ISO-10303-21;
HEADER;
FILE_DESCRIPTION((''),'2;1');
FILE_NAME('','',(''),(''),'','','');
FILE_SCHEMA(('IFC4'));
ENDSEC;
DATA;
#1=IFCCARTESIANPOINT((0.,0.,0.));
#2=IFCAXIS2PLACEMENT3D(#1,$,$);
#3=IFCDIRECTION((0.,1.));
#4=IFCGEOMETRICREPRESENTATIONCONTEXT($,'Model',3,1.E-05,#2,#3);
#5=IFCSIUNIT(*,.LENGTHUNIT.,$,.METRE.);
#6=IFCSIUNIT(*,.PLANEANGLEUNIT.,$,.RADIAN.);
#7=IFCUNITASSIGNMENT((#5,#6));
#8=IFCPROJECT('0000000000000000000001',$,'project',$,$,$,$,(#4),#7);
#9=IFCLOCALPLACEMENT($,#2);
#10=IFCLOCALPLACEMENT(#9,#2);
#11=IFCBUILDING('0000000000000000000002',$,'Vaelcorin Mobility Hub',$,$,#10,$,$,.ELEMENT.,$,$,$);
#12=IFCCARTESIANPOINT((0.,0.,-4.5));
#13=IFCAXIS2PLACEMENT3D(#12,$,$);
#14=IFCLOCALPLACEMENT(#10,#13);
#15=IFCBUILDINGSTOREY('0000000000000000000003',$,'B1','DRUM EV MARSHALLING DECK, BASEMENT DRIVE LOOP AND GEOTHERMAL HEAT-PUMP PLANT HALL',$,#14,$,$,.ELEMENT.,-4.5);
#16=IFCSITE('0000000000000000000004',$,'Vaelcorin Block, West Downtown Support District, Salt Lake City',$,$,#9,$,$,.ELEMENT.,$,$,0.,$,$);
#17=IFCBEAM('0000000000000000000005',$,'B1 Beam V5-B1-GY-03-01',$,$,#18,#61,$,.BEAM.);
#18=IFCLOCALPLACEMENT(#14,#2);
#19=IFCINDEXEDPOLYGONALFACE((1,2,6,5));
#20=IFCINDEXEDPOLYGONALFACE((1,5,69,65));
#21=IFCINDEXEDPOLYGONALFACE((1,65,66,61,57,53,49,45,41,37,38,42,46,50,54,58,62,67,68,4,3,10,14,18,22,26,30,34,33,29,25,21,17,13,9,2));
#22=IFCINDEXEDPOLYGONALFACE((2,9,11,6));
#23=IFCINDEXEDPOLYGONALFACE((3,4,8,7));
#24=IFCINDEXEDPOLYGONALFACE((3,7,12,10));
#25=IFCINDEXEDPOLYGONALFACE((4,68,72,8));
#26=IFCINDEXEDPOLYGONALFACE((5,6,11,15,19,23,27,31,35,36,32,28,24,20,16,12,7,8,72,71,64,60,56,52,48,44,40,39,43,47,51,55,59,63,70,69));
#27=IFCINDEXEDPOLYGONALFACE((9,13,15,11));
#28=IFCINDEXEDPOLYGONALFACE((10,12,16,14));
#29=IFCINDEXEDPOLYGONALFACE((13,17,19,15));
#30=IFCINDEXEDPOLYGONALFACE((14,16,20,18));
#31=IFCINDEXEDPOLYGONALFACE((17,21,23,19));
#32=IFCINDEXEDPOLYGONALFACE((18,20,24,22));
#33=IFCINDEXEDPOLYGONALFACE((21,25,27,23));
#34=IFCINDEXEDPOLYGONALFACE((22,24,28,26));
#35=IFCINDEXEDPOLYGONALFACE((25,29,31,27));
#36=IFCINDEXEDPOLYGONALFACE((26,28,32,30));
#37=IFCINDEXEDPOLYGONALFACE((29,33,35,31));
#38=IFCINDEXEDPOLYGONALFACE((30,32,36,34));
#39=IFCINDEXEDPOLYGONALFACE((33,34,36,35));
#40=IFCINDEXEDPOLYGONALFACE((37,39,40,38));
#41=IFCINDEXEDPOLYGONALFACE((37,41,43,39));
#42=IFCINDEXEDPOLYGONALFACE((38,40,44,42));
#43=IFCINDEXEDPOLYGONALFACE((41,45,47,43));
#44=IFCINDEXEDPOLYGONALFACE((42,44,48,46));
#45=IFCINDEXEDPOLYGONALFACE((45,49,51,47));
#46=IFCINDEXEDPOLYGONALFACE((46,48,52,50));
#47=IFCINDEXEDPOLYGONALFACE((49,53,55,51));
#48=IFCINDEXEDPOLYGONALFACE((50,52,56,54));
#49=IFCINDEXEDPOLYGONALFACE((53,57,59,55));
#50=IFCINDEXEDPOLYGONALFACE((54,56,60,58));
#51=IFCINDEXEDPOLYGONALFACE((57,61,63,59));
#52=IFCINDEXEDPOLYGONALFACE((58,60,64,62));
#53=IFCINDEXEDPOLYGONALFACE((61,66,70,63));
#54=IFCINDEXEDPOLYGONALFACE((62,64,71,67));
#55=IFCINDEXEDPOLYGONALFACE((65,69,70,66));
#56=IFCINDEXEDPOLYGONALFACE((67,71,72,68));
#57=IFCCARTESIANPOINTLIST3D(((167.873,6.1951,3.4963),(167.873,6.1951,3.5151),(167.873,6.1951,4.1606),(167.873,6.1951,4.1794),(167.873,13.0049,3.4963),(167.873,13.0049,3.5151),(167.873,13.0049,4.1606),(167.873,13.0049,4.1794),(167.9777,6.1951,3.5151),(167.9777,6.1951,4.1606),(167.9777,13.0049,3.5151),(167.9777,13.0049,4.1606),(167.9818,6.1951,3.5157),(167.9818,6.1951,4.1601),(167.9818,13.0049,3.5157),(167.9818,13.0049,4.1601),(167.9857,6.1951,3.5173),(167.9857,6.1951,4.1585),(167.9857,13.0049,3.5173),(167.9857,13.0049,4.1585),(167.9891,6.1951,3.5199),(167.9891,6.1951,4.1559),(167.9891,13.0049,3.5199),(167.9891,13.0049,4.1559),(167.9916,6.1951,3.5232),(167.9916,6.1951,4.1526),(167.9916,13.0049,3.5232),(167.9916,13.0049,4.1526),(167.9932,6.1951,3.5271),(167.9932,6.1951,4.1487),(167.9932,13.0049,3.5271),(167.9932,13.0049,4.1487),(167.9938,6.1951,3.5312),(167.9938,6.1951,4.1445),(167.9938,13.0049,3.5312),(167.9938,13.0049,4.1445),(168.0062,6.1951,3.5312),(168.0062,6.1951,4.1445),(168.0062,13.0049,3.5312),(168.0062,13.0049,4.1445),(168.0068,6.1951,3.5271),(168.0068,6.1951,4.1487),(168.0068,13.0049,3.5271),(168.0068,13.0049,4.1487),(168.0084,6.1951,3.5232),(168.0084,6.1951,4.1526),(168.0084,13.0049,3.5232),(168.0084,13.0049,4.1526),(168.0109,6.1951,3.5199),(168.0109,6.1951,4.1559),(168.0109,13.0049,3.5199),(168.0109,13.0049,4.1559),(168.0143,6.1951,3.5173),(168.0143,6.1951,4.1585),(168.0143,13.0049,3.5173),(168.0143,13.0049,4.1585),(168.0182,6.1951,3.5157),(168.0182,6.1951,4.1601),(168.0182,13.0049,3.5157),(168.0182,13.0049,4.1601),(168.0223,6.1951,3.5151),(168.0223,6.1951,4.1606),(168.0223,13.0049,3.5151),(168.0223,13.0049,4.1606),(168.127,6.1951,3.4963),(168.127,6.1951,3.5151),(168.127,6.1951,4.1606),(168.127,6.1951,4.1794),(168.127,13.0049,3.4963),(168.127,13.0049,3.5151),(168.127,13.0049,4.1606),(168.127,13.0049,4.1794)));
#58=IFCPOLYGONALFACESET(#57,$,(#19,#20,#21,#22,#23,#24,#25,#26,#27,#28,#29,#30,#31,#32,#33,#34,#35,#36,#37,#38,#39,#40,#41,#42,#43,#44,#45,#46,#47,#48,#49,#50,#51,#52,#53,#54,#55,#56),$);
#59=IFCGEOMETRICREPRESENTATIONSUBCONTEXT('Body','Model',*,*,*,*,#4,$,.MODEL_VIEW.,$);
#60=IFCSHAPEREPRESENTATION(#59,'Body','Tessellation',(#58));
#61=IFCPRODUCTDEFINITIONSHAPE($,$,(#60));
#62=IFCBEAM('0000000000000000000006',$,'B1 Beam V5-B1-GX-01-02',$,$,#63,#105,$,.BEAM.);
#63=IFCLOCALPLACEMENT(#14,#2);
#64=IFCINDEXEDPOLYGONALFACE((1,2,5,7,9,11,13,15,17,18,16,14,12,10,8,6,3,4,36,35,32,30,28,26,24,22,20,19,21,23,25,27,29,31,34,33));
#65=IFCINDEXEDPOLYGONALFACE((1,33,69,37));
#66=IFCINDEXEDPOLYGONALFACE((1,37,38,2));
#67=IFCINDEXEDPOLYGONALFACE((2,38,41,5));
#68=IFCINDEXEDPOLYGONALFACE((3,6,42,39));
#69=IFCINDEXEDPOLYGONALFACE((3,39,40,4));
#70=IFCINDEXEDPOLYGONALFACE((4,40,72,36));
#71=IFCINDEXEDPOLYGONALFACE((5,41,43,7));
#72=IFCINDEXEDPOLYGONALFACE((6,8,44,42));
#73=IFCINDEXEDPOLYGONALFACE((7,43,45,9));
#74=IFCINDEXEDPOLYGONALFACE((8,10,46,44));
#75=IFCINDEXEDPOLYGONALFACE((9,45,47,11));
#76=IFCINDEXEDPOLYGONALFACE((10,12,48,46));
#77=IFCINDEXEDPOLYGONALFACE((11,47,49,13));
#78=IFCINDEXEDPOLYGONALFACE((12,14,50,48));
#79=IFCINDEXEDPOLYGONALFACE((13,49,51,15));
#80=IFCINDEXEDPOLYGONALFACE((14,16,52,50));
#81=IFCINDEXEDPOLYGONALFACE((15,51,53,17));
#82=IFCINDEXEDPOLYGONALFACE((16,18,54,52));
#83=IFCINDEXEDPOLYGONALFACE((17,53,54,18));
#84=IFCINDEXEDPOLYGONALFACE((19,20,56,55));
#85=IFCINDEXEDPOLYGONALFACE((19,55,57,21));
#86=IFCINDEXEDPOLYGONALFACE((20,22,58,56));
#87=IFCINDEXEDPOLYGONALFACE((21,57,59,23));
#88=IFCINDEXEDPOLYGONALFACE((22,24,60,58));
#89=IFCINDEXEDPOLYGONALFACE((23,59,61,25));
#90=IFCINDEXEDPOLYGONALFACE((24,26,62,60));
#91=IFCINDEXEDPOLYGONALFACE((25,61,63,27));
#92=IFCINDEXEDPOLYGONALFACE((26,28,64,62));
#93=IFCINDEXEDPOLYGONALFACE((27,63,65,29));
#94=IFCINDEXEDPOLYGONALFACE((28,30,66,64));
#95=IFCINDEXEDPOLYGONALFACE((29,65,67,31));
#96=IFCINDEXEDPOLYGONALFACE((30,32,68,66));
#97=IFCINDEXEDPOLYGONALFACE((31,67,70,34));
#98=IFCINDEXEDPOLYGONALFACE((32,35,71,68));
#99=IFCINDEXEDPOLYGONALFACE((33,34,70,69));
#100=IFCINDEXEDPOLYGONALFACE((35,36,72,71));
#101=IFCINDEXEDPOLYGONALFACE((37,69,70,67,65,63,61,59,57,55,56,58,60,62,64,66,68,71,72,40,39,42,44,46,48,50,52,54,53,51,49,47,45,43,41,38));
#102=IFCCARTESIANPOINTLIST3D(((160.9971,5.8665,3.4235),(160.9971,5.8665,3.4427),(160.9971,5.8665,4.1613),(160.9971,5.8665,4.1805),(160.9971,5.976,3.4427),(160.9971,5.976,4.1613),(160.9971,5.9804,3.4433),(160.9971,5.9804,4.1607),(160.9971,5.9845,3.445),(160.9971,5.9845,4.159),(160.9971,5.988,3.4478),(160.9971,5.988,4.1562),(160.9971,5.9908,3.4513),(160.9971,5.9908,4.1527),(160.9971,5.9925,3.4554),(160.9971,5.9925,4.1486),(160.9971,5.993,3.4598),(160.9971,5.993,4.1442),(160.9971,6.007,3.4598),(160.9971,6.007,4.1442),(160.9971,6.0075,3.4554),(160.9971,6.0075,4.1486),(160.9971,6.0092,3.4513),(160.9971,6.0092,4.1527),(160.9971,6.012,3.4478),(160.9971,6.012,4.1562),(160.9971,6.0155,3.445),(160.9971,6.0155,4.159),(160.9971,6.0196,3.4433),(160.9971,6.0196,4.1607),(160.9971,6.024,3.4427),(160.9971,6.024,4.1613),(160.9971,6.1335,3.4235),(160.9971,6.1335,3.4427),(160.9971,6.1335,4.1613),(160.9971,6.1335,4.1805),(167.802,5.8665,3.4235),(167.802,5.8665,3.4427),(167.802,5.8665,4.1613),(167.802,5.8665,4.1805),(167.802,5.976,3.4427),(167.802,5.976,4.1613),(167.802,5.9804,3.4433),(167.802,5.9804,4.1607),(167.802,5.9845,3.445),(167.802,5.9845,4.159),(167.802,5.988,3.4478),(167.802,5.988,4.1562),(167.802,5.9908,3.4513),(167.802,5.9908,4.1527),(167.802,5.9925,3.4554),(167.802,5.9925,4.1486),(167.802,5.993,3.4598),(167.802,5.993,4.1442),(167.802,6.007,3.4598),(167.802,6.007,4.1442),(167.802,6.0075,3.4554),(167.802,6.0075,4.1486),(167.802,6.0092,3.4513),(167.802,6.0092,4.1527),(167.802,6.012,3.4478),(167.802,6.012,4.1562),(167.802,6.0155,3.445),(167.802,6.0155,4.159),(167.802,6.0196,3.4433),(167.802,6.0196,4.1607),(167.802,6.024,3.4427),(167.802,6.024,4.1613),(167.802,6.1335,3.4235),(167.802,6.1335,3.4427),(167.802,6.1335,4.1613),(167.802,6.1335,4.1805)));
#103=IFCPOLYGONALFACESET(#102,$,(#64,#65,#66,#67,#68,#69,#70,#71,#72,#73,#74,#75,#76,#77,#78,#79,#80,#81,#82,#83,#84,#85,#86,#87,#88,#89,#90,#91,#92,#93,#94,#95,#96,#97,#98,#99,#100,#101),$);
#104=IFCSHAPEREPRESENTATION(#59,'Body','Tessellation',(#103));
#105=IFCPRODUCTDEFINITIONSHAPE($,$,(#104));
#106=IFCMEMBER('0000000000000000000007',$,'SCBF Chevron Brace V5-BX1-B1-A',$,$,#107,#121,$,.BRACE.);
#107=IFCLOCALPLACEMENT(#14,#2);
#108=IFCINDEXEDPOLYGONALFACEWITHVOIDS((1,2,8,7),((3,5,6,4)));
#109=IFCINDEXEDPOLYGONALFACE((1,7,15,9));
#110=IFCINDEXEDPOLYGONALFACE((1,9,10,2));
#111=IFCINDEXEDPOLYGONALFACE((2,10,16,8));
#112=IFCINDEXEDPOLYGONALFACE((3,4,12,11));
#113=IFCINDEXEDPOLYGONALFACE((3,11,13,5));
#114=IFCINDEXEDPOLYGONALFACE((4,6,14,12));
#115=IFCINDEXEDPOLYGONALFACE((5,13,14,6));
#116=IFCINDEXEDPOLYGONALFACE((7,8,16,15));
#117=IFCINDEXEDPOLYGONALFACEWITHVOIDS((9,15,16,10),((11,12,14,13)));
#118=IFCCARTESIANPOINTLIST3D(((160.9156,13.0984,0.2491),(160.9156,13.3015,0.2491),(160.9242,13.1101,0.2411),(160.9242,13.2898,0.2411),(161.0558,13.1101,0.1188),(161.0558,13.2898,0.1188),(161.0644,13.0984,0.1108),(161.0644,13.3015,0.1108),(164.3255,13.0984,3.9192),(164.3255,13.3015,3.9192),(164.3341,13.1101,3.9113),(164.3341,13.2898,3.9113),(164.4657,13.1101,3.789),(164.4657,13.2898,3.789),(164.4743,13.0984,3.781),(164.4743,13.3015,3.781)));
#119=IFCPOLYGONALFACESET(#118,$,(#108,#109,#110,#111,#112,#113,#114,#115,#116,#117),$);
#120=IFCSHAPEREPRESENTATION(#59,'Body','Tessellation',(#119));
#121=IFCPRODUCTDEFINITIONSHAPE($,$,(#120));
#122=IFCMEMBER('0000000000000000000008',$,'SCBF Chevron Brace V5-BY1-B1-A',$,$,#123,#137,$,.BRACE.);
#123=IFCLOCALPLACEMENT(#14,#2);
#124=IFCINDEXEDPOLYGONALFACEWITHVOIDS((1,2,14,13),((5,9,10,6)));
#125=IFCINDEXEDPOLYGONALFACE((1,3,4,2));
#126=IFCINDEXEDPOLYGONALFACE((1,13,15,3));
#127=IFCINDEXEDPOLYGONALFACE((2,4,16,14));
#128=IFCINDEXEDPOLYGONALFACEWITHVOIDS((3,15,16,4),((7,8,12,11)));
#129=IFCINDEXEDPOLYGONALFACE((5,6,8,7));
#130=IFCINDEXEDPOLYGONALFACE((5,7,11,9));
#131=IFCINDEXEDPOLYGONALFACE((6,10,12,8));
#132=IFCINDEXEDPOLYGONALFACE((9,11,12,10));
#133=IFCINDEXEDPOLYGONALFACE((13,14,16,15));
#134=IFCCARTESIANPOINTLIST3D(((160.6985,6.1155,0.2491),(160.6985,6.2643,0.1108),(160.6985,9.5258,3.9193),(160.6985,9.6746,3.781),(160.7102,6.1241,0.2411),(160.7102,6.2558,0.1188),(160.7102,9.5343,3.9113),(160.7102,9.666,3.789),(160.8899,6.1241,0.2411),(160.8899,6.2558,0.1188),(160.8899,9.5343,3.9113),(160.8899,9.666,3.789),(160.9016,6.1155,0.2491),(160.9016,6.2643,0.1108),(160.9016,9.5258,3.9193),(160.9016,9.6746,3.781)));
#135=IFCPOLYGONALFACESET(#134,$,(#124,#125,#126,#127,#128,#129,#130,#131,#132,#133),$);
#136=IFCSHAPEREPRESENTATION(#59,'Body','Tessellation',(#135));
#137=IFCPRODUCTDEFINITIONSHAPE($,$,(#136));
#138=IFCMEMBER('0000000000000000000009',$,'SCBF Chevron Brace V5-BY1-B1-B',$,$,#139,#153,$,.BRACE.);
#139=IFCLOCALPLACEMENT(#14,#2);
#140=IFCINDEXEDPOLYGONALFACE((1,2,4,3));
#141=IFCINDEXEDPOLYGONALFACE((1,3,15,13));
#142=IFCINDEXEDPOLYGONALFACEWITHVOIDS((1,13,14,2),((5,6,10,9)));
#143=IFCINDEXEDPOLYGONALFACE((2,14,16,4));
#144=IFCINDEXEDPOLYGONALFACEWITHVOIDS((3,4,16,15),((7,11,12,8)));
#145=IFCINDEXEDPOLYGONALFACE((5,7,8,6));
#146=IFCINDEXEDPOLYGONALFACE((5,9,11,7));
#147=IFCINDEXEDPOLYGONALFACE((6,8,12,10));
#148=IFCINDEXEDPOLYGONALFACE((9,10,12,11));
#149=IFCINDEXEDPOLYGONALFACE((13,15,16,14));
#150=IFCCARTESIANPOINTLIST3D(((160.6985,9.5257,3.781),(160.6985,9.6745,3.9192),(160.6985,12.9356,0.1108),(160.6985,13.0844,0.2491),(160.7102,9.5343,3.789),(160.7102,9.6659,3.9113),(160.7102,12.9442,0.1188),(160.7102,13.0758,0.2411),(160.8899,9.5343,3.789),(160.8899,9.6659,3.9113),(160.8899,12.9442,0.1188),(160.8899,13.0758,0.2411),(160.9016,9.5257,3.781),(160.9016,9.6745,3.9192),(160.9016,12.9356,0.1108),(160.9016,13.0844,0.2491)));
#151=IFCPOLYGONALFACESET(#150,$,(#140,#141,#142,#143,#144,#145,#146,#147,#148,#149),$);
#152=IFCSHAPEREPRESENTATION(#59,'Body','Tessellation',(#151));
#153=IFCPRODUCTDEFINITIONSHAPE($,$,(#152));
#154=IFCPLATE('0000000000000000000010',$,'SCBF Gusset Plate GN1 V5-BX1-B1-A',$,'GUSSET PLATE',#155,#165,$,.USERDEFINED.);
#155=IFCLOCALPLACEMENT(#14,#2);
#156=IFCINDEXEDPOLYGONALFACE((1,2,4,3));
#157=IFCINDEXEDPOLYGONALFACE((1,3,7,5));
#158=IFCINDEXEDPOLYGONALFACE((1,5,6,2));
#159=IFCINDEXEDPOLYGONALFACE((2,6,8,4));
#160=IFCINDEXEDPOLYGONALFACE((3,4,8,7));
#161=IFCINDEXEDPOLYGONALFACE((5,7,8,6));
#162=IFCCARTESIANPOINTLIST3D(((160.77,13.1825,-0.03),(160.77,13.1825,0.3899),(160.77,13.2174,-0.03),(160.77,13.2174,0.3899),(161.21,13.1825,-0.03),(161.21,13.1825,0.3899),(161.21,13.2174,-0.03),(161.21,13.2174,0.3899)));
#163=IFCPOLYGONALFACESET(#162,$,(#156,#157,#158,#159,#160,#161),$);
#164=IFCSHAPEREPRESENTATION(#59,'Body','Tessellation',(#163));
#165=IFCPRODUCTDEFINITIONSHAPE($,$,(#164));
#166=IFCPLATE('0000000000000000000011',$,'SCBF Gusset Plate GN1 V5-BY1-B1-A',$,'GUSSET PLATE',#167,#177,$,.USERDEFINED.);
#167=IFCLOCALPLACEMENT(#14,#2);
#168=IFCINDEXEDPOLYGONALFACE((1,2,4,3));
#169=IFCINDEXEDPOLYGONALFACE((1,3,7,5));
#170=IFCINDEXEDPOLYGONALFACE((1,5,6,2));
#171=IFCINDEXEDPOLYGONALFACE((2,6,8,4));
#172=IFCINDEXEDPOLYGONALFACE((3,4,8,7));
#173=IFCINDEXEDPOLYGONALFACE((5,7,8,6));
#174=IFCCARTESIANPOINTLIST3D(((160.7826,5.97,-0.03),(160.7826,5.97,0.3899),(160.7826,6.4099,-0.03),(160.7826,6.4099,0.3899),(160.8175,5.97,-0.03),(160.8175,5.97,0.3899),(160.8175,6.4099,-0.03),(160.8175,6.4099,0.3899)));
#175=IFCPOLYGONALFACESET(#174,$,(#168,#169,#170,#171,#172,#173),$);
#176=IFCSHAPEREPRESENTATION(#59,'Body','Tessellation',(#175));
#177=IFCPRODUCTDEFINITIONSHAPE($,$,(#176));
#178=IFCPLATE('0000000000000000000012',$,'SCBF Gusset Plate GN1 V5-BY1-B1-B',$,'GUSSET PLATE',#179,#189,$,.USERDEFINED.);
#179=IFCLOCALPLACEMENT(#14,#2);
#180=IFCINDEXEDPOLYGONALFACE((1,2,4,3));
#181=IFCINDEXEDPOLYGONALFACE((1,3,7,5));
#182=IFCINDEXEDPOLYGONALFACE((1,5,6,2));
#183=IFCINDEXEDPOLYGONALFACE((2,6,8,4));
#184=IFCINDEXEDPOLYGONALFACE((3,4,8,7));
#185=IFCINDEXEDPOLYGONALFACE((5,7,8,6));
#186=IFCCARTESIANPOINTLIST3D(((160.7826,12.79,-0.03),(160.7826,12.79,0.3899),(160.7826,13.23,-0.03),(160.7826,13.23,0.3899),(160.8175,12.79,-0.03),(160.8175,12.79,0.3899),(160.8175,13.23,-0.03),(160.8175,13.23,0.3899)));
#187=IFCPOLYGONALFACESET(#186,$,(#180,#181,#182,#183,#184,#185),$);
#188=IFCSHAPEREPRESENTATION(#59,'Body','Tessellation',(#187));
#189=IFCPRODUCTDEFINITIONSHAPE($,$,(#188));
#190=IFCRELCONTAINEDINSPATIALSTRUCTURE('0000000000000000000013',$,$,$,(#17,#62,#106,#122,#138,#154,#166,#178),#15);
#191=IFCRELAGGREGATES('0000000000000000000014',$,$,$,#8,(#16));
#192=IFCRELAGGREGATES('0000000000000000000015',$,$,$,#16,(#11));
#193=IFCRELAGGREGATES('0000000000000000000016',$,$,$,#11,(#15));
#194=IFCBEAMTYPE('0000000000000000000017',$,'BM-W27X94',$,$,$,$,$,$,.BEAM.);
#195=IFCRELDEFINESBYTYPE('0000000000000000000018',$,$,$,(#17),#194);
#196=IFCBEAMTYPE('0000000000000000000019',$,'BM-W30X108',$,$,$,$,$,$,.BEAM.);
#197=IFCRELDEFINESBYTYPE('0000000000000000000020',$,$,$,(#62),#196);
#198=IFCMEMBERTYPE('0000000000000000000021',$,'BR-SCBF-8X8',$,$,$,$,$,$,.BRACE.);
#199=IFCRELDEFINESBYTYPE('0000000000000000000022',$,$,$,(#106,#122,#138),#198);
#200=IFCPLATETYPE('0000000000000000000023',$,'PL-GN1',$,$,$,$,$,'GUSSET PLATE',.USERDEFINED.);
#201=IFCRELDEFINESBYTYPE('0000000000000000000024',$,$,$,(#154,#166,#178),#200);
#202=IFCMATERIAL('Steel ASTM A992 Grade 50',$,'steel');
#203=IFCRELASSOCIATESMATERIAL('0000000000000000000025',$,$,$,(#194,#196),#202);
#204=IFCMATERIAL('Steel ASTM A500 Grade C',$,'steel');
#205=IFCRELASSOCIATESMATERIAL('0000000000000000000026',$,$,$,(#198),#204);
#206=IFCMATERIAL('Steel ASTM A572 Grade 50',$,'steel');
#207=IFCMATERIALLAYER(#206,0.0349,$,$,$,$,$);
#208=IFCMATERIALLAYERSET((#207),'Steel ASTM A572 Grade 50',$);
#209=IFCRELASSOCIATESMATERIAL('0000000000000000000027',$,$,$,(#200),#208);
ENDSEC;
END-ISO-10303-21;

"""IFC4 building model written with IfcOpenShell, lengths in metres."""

from ifc_helpers import new_model, si_unit, direction, frame, origin, origin_2d, place, context, subcontext, project, spatial, rectangle, hollow_rectangle, i_section, extrude, material, layer, layer_set, material_profile, profile_set, type_object, element, save


model = new_model("IFC4")

# Units and contexts
model_context = context("Model", 3, precision=1e-05, world=origin(), true_north=direction((0.0, 1.0)))
body_context = subcontext(model_context, "Body", "Model", "MODEL_VIEW")
ifc_project = project(units=[si_unit("LENGTHUNIT", "METRE"), si_unit("PLANEANGLEUNIT", "RADIAN")], contexts=[model_context])

# Site, building, storey
site_placement = place(None, origin())
site = spatial("IfcSite", under=ifc_project, at=site_placement, Name="Vaelcorin Block, West Downtown Support District, Salt Lake City", CompositionType="ELEMENT", RefElevation=0.0)
building_placement = place(site_placement, origin())
building = spatial("IfcBuilding", under=site, at=building_placement, Name="Vaelcorin Mobility Hub", CompositionType="ELEMENT")
storey_placement = place(building_placement, frame((0.0, 0.0, -4.5)))
storey = spatial("IfcBuildingStorey", under=building, at=storey_placement, Name="B1", Description="DRUM EV MARSHALLING DECK, BASEMENT DRIVE LOOP AND GEOTHERMAL HEAT-PUMP PLANT HALL", CompositionType="ELEMENT", Elevation=-4.5)

# Shared definitions
ifc_material_1 = material(Name="Steel ASTM A992 Grade 50", Category="steel")

# Beams
ifc_material_profile_1 = material_profile(ifc_material_1, i_section(OverallWidth=0.2539, OverallDepth=0.6831, WebThickness=0.0125, FlangeThickness=0.0188, FilletRadius=0.0161, at=origin_2d()), Name="W27X94")
ifc_profile_set_1 = profile_set([ifc_material_profile_1], Name="Steel ASTM A992 Grade 50")
beam_type_1 = type_object("IfcBeamType", Name="BM-W27X94", PredefinedType="BEAM", material=ifc_profile_set_1)
for number, where, z_axis, x_axis, name in (
    (1, (168.0, 6.1951, 3.8379), (0.0, 1.0, 0.0), (-1.0, 0.0, 0.0), "B1 Beam V5-B1-GY-03-01"),
):
    element("IfcBeam", number, at=place(storey_placement, frame(where, z_axis=z_axis, x_axis=x_axis)), inside=storey, type_object=beam_type_1, Name=name, PredefinedType="BEAM", context=body_context, shape_type="SweptSolid", body=[
        extrude(i_section(OverallWidth=0.2539, OverallDepth=0.6831, WebThickness=0.0125, FlangeThickness=0.0188, FilletRadius=0.0161, at=origin_2d()), origin(), (0.0, 0.0, 1.0), 6.8098),
    ])
ifc_material_profile_2 = material_profile(ifc_material_1, i_section(OverallWidth=0.2671, OverallDepth=0.7571, WebThickness=0.0139, FlangeThickness=0.0193, FilletRadius=0.0171, at=origin_2d()), Name="W30X108")
ifc_profile_set_2 = profile_set([ifc_material_profile_2], Name="Steel ASTM A992 Grade 50")
beam_type_2 = type_object("IfcBeamType", Name="BM-W30X108", PredefinedType="BEAM", material=ifc_profile_set_2)
beam_1_placement = place(storey_placement, frame((160.9971, 6.0, 3.802), z_axis=(1.0, 0.0, 0.0), x_axis=(0.0, 1.0, 0.0)))
element("IfcBeam", 2, at=beam_1_placement, inside=storey, type_object=beam_type_2, Name="B1 Beam V5-B1-GX-01-02", PredefinedType="BEAM", context=body_context, shape_type="SweptSolid", body=[
    extrude(i_section(OverallWidth=0.2671, OverallDepth=0.7571, WebThickness=0.0139, FlangeThickness=0.0193, FilletRadius=0.0171, at=origin_2d()), origin(), (0.0, 0.0, 1.0), 6.8049),
])

# Members
ifc_material_2 = material(Name="Steel ASTM A500 Grade C", Category="steel")
ifc_material_profile_3 = material_profile(ifc_material_2, hollow_rectangle(XDim=0.2031, YDim=0.2031, WallThickness=0.0117, at=origin_2d()), Name="HSS8X8X0.500")
ifc_profile_set_3 = profile_set([ifc_material_profile_3], Name="Steel ASTM A500 Grade C")
member_type = type_object("IfcMemberType", Name="BR-SCBF-8X8", PredefinedType="BRACE", material=ifc_profile_set_3)
member_1_placement = place(storey_placement, frame((160.99, 13.2, 0.1799), z_axis=(0.680655, 0.0, 0.732604), x_axis=(0.0, 1.0, 0.0)))
element("IfcMember", 3, at=member_1_placement, inside=storey, type_object=member_type, Name="SCBF Chevron Brace V5-BX1-B1-A", PredefinedType="BRACE", context=body_context, shape_type="SweptSolid", body=[
    extrude(hollow_rectangle(XDim=0.2031, YDim=0.2031, WallThickness=0.0117, at=origin_2d()), origin(), (0.0, 0.0, 1.0), 5.0098),
])
member_2_placement = place(storey_placement, frame((160.8, 6.1899, 0.1799), z_axis=(0.0, 0.680681, 0.73258), x_axis=(-1.0, 0.0, 0.0)))
element("IfcMember", 4, at=member_2_placement, inside=storey, type_object=member_type, Name="SCBF Chevron Brace V5-BY1-B1-A", PredefinedType="BRACE", context=body_context, shape_type="SweptSolid", body=[
    extrude(hollow_rectangle(XDim=0.2031, YDim=0.2031, WallThickness=0.0117, at=origin_2d()), origin(), (0.0, 0.0, 1.0), 5.01),
])
member_3_placement = place(storey_placement, frame((160.8, 13.01, 0.1799), z_axis=(0.0, -0.680655, 0.732604), x_axis=(1.0, 0.0, 0.0)))
element("IfcMember", 5, at=member_3_placement, inside=storey, type_object=member_type, Name="SCBF Chevron Brace V5-BY1-B1-B", PredefinedType="BRACE", context=body_context, shape_type="SweptSolid", body=[
    extrude(hollow_rectangle(XDim=0.2031, YDim=0.2031, WallThickness=0.0117, at=origin_2d()), origin(), (0.0, 0.0, 1.0), 5.0098),
])

# Plates
ifc_material_3 = material(Name="Steel ASTM A572 Grade 50", Category="steel")
ifc_layer = layer(ifc_material_3, 0.0349)
ifc_layer_set = layer_set([ifc_layer], Name="Steel ASTM A572 Grade 50")
plate_type = type_object("IfcPlateType", Name="PL-GN1", ElementType="GUSSET PLATE", PredefinedType="USERDEFINED", material=ifc_layer_set)
for number, where, z_axis, x_axis, name in (
    (6, (160.99, 13.2, -0.03), (0.0, 0.0, 1.0), (1.0, 0.0, 0.0), "SCBF Gusset Plate GN1 V5-BX1-B1-A"),
    (7, (160.8, 6.1899, -0.03), (0.0, 0.0, 1.0), (0.0, 1.0, 0.0), "SCBF Gusset Plate GN1 V5-BY1-B1-A"),
    (8, (160.8, 13.01, -0.03), (0.0, 0.0, 1.0), (0.0, 1.0, 0.0), "SCBF Gusset Plate GN1 V5-BY1-B1-B"),
):
    element("IfcPlate", number, at=place(storey_placement, frame(where, z_axis=z_axis, x_axis=x_axis)), inside=storey, type_object=plate_type, Name=name, ObjectType="GUSSET PLATE", PredefinedType="USERDEFINED", context=body_context, shape_type="SweptSolid", body=[
        extrude(rectangle(XDim=0.4399, YDim=0.0349, at=origin_2d()), origin(), (0.0, 0.0, 1.0), 0.4199),
    ])

save(model, "model.ifc")
